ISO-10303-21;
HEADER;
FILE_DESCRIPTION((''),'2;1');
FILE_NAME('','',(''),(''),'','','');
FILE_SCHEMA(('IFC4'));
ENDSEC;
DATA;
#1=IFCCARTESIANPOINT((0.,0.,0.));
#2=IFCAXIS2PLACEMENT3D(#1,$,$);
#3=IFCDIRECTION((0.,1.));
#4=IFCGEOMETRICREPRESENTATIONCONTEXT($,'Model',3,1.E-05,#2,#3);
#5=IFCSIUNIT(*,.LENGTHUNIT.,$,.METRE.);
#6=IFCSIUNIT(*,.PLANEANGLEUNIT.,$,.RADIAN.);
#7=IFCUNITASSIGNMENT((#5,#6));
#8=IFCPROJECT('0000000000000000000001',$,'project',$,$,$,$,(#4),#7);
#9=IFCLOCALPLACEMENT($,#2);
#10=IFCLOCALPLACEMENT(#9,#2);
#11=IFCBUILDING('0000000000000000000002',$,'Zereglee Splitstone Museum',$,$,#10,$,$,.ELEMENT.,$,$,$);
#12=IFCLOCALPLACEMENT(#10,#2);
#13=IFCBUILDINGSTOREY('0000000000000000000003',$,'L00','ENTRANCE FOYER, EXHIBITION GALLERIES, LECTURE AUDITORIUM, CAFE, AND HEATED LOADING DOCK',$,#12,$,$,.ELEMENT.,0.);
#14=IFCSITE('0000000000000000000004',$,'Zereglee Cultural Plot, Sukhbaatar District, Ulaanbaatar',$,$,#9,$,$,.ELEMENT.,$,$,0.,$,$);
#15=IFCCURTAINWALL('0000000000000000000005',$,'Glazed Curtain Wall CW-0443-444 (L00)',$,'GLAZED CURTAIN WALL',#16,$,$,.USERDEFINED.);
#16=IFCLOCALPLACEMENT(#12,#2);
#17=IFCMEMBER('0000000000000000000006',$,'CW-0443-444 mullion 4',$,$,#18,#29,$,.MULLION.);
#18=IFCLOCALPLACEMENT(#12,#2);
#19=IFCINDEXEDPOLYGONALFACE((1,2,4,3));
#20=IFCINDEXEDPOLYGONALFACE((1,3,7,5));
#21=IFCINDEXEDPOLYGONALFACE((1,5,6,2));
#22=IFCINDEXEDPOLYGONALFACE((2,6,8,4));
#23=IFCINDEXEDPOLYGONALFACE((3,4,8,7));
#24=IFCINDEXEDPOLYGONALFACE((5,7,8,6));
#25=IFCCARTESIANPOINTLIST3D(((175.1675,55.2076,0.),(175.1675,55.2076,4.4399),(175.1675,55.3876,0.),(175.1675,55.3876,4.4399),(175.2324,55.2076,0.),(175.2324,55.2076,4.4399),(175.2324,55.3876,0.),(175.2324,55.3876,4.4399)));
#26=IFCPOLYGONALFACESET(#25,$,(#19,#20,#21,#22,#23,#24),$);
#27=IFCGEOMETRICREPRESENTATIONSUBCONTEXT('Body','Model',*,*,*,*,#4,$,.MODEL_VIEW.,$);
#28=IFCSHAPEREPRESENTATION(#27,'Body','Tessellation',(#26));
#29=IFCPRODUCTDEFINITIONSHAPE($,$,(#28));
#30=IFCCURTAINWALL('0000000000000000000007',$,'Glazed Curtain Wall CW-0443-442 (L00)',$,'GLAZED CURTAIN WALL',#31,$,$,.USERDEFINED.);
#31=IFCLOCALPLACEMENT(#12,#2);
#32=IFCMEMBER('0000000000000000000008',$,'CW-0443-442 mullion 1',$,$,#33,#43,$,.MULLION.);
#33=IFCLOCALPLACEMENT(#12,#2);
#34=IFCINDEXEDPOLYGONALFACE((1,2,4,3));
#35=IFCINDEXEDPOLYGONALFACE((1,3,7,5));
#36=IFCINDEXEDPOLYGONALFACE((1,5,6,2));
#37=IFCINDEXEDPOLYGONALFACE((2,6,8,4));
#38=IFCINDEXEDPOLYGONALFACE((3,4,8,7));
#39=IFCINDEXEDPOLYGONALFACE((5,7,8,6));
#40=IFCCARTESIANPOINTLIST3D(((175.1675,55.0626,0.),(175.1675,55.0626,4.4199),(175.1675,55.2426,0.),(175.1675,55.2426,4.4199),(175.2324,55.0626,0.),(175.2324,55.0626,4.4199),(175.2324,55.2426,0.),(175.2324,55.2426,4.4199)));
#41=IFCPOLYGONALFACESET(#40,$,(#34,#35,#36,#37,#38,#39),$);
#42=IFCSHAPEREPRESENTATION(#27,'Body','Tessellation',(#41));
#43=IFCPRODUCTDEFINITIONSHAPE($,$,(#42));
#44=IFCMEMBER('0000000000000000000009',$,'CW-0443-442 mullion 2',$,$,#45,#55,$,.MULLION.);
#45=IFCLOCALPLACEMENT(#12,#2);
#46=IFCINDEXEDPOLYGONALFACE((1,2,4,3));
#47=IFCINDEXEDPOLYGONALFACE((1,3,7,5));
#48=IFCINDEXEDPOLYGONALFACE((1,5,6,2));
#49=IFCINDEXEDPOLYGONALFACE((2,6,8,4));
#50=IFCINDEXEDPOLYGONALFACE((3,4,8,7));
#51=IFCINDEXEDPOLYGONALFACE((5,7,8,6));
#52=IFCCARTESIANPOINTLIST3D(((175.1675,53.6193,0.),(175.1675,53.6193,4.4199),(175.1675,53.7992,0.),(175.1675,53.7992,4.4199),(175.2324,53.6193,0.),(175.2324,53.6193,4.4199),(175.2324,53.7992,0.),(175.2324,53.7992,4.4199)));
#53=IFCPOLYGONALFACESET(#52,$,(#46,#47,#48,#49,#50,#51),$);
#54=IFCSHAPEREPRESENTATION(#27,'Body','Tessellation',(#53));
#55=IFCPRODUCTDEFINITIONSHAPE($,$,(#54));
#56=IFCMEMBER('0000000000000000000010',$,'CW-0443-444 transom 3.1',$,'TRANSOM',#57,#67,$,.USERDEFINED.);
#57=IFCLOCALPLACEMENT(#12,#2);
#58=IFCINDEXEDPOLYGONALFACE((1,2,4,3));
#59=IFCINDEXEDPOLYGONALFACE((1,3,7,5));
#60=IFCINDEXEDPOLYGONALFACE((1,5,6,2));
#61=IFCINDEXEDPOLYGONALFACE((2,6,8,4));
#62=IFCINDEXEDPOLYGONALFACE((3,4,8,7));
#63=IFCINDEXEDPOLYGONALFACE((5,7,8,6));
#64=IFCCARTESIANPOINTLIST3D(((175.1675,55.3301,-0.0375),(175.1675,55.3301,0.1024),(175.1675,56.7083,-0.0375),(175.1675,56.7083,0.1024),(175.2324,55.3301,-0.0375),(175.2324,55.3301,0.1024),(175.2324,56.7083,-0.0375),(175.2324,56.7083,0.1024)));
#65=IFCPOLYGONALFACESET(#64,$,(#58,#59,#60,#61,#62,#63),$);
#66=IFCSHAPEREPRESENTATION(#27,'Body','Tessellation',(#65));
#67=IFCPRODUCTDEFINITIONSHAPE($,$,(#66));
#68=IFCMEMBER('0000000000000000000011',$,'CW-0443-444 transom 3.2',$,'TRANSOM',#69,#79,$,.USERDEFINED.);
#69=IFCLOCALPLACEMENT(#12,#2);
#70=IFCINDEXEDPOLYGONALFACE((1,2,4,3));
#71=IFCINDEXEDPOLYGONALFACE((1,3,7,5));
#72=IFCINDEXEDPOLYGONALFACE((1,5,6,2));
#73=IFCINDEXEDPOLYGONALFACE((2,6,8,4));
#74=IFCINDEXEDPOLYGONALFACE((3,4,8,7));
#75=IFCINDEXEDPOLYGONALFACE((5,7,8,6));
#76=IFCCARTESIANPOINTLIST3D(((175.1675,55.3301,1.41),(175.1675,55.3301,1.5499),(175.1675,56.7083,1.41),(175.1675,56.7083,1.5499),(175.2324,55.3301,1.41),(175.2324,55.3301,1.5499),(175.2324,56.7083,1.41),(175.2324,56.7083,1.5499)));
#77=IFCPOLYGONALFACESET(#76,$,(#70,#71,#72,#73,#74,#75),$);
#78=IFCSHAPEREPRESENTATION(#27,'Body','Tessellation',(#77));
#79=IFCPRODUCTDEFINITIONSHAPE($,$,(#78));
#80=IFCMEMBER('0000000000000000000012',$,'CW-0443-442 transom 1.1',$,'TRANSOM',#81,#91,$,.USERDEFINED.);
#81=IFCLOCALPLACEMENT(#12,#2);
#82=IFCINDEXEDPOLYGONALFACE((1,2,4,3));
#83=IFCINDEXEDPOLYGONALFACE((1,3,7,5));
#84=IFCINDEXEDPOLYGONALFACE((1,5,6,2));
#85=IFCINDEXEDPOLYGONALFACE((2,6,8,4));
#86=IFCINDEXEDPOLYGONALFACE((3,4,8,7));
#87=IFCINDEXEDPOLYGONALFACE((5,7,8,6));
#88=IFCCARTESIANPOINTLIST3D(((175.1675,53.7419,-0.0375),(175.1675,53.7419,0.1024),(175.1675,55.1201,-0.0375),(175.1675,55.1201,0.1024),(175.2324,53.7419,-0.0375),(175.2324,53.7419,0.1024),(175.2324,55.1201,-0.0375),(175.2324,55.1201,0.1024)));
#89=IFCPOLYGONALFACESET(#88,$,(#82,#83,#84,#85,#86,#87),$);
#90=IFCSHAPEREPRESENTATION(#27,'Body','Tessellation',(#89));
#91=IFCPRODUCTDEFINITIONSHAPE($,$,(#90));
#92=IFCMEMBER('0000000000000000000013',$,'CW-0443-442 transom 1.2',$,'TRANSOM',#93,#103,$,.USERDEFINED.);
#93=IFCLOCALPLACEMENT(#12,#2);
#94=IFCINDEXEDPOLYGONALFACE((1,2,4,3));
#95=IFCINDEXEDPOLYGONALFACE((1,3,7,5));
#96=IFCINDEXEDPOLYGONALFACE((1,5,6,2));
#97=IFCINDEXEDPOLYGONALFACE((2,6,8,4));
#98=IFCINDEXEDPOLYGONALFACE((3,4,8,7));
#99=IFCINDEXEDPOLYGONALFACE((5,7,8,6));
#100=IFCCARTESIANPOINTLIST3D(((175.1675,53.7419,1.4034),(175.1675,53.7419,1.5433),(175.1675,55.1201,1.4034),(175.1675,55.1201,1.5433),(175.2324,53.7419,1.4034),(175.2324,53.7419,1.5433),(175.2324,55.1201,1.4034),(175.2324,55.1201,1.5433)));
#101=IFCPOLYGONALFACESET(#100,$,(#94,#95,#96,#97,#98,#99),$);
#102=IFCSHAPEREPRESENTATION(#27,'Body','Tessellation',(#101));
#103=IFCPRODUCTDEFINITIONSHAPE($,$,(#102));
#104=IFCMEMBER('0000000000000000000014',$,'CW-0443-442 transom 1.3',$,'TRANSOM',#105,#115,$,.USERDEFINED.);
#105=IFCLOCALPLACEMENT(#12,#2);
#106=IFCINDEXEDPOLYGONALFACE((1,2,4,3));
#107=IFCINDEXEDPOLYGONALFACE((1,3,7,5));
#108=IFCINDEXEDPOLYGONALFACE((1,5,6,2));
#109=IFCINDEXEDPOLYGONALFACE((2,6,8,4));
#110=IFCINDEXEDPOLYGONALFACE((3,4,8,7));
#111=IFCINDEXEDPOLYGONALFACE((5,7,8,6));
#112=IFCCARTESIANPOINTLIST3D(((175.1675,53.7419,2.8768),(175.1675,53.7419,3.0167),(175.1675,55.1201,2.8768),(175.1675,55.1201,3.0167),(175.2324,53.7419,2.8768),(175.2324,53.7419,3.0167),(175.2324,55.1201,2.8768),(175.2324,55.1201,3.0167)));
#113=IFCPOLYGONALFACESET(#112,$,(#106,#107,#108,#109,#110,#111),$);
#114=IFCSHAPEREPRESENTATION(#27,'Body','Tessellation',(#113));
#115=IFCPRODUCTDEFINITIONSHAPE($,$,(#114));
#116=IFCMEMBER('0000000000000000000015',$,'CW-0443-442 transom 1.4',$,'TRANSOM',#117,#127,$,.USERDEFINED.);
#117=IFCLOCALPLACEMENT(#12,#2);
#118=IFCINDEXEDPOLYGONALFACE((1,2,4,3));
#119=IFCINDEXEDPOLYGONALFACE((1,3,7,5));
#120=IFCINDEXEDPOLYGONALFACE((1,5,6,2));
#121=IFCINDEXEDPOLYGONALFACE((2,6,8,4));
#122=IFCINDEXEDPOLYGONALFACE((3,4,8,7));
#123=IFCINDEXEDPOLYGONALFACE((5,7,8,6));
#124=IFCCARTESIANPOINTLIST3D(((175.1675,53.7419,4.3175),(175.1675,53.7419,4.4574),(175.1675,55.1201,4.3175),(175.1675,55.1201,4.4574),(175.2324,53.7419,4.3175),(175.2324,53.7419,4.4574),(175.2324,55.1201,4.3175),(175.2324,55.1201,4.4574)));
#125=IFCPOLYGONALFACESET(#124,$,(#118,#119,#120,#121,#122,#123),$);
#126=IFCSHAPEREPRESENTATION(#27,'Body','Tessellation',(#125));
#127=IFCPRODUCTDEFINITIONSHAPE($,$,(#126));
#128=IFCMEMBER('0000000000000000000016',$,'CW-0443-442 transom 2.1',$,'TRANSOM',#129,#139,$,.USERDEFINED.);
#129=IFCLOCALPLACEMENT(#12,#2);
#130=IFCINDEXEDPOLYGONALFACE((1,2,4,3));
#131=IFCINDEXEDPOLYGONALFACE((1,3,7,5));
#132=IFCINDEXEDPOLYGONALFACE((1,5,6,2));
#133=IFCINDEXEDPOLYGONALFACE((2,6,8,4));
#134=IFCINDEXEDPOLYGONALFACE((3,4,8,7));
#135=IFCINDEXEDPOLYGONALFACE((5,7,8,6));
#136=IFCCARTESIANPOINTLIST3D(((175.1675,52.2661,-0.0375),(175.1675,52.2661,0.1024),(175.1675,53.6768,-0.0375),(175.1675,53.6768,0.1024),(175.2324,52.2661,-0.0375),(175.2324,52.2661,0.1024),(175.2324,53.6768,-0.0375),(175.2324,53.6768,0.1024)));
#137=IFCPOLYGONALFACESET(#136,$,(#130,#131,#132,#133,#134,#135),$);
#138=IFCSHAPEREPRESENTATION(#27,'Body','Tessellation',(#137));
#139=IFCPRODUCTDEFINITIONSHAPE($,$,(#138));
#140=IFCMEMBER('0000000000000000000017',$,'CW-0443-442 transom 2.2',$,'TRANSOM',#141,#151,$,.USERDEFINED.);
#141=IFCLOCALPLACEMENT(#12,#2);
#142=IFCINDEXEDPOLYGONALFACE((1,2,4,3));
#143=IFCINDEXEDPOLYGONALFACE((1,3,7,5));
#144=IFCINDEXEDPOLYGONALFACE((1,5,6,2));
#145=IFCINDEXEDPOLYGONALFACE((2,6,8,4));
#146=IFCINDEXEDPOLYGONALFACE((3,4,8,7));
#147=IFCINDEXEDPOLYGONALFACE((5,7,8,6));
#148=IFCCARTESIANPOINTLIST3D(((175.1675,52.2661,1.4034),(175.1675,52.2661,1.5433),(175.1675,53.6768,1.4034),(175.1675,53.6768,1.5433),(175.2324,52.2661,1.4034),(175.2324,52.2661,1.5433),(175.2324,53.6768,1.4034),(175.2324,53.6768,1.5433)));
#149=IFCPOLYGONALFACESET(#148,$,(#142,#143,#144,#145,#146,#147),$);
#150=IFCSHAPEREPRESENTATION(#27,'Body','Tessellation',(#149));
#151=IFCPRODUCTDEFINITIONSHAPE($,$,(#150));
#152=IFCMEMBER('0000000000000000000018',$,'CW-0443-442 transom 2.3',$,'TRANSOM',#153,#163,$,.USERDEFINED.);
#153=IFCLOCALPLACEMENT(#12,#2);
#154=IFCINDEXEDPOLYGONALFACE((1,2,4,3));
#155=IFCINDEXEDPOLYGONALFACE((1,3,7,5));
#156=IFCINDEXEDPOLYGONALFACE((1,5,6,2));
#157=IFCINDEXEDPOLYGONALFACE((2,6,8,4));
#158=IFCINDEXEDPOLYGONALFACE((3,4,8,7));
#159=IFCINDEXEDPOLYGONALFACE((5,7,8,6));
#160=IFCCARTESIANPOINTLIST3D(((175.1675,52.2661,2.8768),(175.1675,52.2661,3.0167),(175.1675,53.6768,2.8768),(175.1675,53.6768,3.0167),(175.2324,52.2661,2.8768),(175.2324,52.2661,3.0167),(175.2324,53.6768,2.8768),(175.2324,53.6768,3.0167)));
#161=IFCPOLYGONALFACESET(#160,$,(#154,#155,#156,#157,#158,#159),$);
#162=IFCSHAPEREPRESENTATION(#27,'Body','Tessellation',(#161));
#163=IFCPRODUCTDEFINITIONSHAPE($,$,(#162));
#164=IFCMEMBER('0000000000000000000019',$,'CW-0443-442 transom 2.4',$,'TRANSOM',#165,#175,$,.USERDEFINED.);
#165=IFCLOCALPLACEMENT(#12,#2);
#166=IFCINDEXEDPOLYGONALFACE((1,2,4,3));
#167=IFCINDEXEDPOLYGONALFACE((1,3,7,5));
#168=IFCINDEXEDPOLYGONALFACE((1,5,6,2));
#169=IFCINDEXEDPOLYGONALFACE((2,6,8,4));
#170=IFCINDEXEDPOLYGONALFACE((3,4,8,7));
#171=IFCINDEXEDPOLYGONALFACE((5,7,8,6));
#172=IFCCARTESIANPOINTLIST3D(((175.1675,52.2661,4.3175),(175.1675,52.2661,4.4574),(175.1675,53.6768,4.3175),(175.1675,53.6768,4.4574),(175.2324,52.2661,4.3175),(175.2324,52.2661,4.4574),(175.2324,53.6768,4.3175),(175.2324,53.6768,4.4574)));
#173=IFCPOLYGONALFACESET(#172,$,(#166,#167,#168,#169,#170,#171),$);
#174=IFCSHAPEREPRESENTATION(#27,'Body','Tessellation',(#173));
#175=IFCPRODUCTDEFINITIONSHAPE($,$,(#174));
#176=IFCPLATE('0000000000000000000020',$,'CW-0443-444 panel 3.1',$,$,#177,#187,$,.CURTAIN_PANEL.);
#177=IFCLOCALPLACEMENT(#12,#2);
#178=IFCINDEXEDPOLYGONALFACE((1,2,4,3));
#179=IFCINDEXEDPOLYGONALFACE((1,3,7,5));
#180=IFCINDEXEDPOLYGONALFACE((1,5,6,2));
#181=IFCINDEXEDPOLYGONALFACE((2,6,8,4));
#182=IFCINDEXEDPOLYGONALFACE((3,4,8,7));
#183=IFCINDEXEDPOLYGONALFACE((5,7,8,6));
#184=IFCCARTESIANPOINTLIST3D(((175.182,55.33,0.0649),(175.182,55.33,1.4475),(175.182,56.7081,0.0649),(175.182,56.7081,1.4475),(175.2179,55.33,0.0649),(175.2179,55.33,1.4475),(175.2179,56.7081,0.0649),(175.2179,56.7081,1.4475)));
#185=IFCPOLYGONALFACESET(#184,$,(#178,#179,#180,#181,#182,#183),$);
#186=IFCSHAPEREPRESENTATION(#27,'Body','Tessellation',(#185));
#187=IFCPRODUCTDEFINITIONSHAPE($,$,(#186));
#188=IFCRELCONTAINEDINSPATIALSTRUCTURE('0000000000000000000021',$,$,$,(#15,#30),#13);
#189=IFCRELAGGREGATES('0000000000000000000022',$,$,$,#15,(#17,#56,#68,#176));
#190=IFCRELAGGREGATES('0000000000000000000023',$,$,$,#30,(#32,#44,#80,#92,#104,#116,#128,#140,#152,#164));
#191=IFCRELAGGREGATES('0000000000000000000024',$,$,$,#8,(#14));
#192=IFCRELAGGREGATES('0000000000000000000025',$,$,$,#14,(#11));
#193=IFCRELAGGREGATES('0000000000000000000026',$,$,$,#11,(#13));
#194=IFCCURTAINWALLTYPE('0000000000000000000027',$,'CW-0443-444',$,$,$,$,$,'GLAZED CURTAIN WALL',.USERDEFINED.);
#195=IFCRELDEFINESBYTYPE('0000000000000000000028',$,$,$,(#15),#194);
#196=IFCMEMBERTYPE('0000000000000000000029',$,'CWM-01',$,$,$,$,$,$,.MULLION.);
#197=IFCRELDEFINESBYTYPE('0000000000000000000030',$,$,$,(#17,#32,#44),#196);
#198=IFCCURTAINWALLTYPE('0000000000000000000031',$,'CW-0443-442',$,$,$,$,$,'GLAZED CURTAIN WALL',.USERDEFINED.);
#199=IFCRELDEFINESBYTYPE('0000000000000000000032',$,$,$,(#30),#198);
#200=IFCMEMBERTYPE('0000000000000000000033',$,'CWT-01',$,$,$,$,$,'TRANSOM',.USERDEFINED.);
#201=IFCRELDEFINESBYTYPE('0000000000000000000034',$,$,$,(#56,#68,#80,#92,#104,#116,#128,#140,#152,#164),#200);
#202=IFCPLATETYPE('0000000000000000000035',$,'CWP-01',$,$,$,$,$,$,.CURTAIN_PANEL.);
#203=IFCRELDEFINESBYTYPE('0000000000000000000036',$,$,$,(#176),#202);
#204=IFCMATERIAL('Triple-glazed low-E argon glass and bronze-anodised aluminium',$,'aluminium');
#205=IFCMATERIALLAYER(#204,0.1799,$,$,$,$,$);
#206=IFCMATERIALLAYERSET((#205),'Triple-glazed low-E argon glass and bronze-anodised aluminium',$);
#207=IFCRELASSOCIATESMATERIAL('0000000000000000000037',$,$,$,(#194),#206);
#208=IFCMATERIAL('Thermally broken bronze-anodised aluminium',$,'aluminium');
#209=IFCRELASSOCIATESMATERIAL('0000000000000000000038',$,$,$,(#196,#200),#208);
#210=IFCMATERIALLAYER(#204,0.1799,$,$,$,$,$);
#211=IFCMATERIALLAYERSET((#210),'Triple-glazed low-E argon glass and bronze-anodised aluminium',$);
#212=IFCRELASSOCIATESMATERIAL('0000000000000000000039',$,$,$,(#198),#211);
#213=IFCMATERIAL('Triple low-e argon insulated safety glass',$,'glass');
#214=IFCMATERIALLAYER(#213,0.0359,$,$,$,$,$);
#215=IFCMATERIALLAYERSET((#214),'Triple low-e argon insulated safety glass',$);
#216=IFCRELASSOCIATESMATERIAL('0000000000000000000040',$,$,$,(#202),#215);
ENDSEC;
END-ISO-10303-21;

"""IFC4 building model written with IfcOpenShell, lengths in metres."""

from ifc_helpers import new_model, si_unit, direction, frame, origin, origin_2d, place, context, subcontext, project, spatial, rectangle, extrude, material, layer, layer_set, material_profile, profile_set, type_object, element, aggregate, save


model = new_model("IFC4")

# Units and contexts
model_context = context("Model", 3, precision=1e-05, world=origin(), true_north=direction((0.0, 1.0)))
body_context = subcontext(model_context, "Body", "Model", "MODEL_VIEW")
ifc_project = project(units=[si_unit("LENGTHUNIT", "METRE"), si_unit("PLANEANGLEUNIT", "RADIAN")], contexts=[model_context])

# Site, building, storey
site_placement = place(None, origin())
site = spatial("IfcSite", under=ifc_project, at=site_placement, Name="Zereglee Cultural Plot, Sukhbaatar District, Ulaanbaatar", CompositionType="ELEMENT", RefElevation=0.0)
building_placement = place(site_placement, origin())
building = spatial("IfcBuilding", under=site, at=building_placement, Name="Zereglee Splitstone Museum", CompositionType="ELEMENT")
storey_placement = place(building_placement, origin())
storey = spatial("IfcBuildingStorey", under=building, at=storey_placement, Name="L00", Description="ENTRANCE FOYER, EXHIBITION GALLERIES, LECTURE AUDITORIUM, CAFE, AND HEATED LOADING DOCK", CompositionType="ELEMENT", Elevation=0.0)

# Curtain wall, member
ifc_material_1 = material(Name="Triple-glazed low-E argon glass and bronze-anodised aluminium", Category="aluminium")
ifc_layer_1 = layer(ifc_material_1, 0.1799)
ifc_layer_set_1 = layer_set([ifc_layer_1], Name="Triple-glazed low-E argon glass and bronze-anodised aluminium")
curtain_wall_type_1 = type_object("IfcCurtainWallType", Name="CW-0443-444", ElementType="GLAZED CURTAIN WALL", PredefinedType="USERDEFINED", material=ifc_layer_set_1)
curtain_wall_1_placement = place(storey_placement, origin())
curtain_wall_1 = element("IfcCurtainWall", 1, at=curtain_wall_1_placement, inside=storey, type_object=curtain_wall_type_1, Name="Glazed Curtain Wall CW-0443-444 (L00)", ObjectType="GLAZED CURTAIN WALL", PredefinedType="USERDEFINED")
ifc_material_2 = material(Name="Thermally broken bronze-anodised aluminium", Category="aluminium")
ifc_material_profile_1 = material_profile(ifc_material_2, rectangle(XDim=0.0649, YDim=0.1799, at=origin_2d()), Name="CW MULL 65x180")
ifc_profile_set_1 = profile_set([ifc_material_profile_1], Name="Thermally broken bronze-anodised aluminium")
member_type_1 = type_object("IfcMemberType", Name="CWM-01", PredefinedType="MULLION", material=ifc_profile_set_1)
member_1_placement = place(storey_placement, frame((175.2, 55.2976, 0.0), z_axis=(0.0, 0.0, 1.0), x_axis=(1.0, 0.0, 0.0)))
member_1 = element("IfcMember", 2, at=member_1_placement, type_object=member_type_1, Name="CW-0443-444 mullion 4", PredefinedType="MULLION", context=body_context, shape_type="SweptSolid", body=[
    extrude(rectangle(XDim=0.0649, YDim=0.1799, at=origin_2d()), origin(), (0.0, 0.0, 1.0), 4.4399),
])

# Curtain wall, members
ifc_layer_2 = layer(ifc_material_1, 0.1799)
ifc_layer_set_2 = layer_set([ifc_layer_2], Name="Triple-glazed low-E argon glass and bronze-anodised aluminium")
curtain_wall_type_2 = type_object("IfcCurtainWallType", Name="CW-0443-442", ElementType="GLAZED CURTAIN WALL", PredefinedType="USERDEFINED", material=ifc_layer_set_2)
curtain_wall_2_placement = place(storey_placement, origin())
curtain_wall_2 = element("IfcCurtainWall", 3, at=curtain_wall_2_placement, inside=storey, type_object=curtain_wall_type_2, Name="Glazed Curtain Wall CW-0443-442 (L00)", ObjectType="GLAZED CURTAIN WALL", PredefinedType="USERDEFINED")
member_2_placement = place(storey_placement, frame((175.2, 55.1526, 0.0), z_axis=(0.0, 0.0, 1.0), x_axis=(1.0, 0.0, 0.0)))
member_2 = element("IfcMember", 4, at=member_2_placement, type_object=member_type_1, Name="CW-0443-442 mullion 1", PredefinedType="MULLION", context=body_context, shape_type="SweptSolid", body=[
    extrude(rectangle(XDim=0.0649, YDim=0.1799, at=origin_2d()), origin(), (0.0, 0.0, 1.0), 4.4199),
])
member_3_placement = place(storey_placement, frame((175.2, 53.7092, 0.0), z_axis=(0.0, 0.0, 1.0), x_axis=(1.0, 0.0, 0.0)))
member_3 = element("IfcMember", 5, at=member_3_placement, type_object=member_type_1, Name="CW-0443-442 mullion 2", PredefinedType="MULLION", context=body_context, shape_type="SweptSolid", body=[
    extrude(rectangle(XDim=0.0649, YDim=0.1799, at=origin_2d()), origin(), (0.0, 0.0, 1.0), 4.4199),
])

# Members
ifc_material_profile_2 = material_profile(ifc_material_2, rectangle(XDim=0.0649, YDim=0.1399, at=origin_2d()), Name="CW TRAN 65x140")
ifc_profile_set_2 = profile_set([ifc_material_profile_2], Name="Thermally broken bronze-anodised aluminium")
member_type_2 = type_object("IfcMemberType", Name="CWT-01", ElementType="TRANSOM", PredefinedType="USERDEFINED", material=ifc_profile_set_2)
member_4_placement = place(storey_placement, frame((175.2, 56.7083, 0.0325), z_axis=(0.0, -1.0, 0.0), x_axis=(1.0, 0.0, 0.0)))
member_4 = element("IfcMember", 6, at=member_4_placement, type_object=member_type_2, Name="CW-0443-444 transom 3.1", ObjectType="TRANSOM", PredefinedType="USERDEFINED", context=body_context, shape_type="SweptSolid", body=[
    extrude(rectangle(XDim=0.0649, YDim=0.1399, at=origin_2d()), origin(), (0.0, 0.0, 1.0), 1.3782),
])
member_5_placement = place(storey_placement, frame((175.2, 56.7083, 1.48), z_axis=(0.0, -1.0, 0.0), x_axis=(1.0, 0.0, 0.0)))
member_5 = element("IfcMember", 7, at=member_5_placement, type_object=member_type_2, Name="CW-0443-444 transom 3.2", ObjectType="TRANSOM", PredefinedType="USERDEFINED", context=body_context, shape_type="SweptSolid", body=[
    extrude(rectangle(XDim=0.0649, YDim=0.1399, at=origin_2d()), origin(), (0.0, 0.0, 1.0), 1.3782),
])
member_6_placement = place(storey_placement, frame((175.2, 55.1201, 0.0325), z_axis=(0.0, -1.0, 0.0), x_axis=(1.0, 0.0, 0.0)))
member_6 = element("IfcMember", 8, at=member_6_placement, type_object=member_type_2, Name="CW-0443-442 transom 1.1", ObjectType="TRANSOM", PredefinedType="USERDEFINED", context=body_context, shape_type="SweptSolid", body=[
    extrude(rectangle(XDim=0.0649, YDim=0.1399, at=origin_2d()), origin(), (0.0, 0.0, 1.0), 1.3782),
])
member_7_placement = place(storey_placement, frame((175.2, 55.1201, 1.4734), z_axis=(0.0, -1.0, 0.0), x_axis=(1.0, 0.0, 0.0)))
member_7 = element("IfcMember", 9, at=member_7_placement, type_object=member_type_2, Name="CW-0443-442 transom 1.2", ObjectType="TRANSOM", PredefinedType="USERDEFINED", context=body_context, shape_type="SweptSolid", body=[
    extrude(rectangle(XDim=0.0649, YDim=0.1399, at=origin_2d()), origin(), (0.0, 0.0, 1.0), 1.3782),
])
member_8_placement = place(storey_placement, frame((175.2, 55.1201, 2.9468), z_axis=(0.0, -1.0, 0.0), x_axis=(1.0, 0.0, 0.0)))
member_8 = element("IfcMember", 10, at=member_8_placement, type_object=member_type_2, Name="CW-0443-442 transom 1.3", ObjectType="TRANSOM", PredefinedType="USERDEFINED", context=body_context, shape_type="SweptSolid", body=[
    extrude(rectangle(XDim=0.0649, YDim=0.1399, at=origin_2d()), origin(), (0.0, 0.0, 1.0), 1.3782),
])
member_9_placement = place(storey_placement, frame((175.2, 55.1201, 4.3875), z_axis=(0.0, -1.0, 0.0), x_axis=(1.0, 0.0, 0.0)))
member_9 = element("IfcMember", 11, at=member_9_placement, type_object=member_type_2, Name="CW-0443-442 transom 1.4", ObjectType="TRANSOM", PredefinedType="USERDEFINED", context=body_context, shape_type="SweptSolid", body=[
    extrude(rectangle(XDim=0.0649, YDim=0.1399, at=origin_2d()), origin(), (0.0, 0.0, 1.0), 1.3782),
])
member_10_placement = place(storey_placement, frame((175.2, 53.6768, 0.0325), z_axis=(0.0, -1.0, 0.0), x_axis=(1.0, 0.0, 0.0)))
member_10 = element("IfcMember", 12, at=member_10_placement, type_object=member_type_2, Name="CW-0443-442 transom 2.1", ObjectType="TRANSOM", PredefinedType="USERDEFINED", context=body_context, shape_type="SweptSolid", body=[
    extrude(rectangle(XDim=0.0649, YDim=0.1399, at=origin_2d()), origin(), (0.0, 0.0, 1.0), 1.4106),
])
member_11_placement = place(storey_placement, frame((175.2, 53.6768, 1.4734), z_axis=(0.0, -1.0, 0.0), x_axis=(1.0, 0.0, 0.0)))
member_11 = element("IfcMember", 13, at=member_11_placement, type_object=member_type_2, Name="CW-0443-442 transom 2.2", ObjectType="TRANSOM", PredefinedType="USERDEFINED", context=body_context, shape_type="SweptSolid", body=[
    extrude(rectangle(XDim=0.0649, YDim=0.1399, at=origin_2d()), origin(), (0.0, 0.0, 1.0), 1.4106),
])
member_12_placement = place(storey_placement, frame((175.2, 53.6768, 2.9468), z_axis=(0.0, -1.0, 0.0), x_axis=(1.0, 0.0, 0.0)))
member_12 = element("IfcMember", 14, at=member_12_placement, type_object=member_type_2, Name="CW-0443-442 transom 2.3", ObjectType="TRANSOM", PredefinedType="USERDEFINED", context=body_context, shape_type="SweptSolid", body=[
    extrude(rectangle(XDim=0.0649, YDim=0.1399, at=origin_2d()), origin(), (0.0, 0.0, 1.0), 1.4106),
])
member_13_placement = place(storey_placement, frame((175.2, 53.6768, 4.3875), z_axis=(0.0, -1.0, 0.0), x_axis=(1.0, 0.0, 0.0)))
member_13 = element("IfcMember", 15, at=member_13_placement, type_object=member_type_2, Name="CW-0443-442 transom 2.4", ObjectType="TRANSOM", PredefinedType="USERDEFINED", context=body_context, shape_type="SweptSolid", body=[
    extrude(rectangle(XDim=0.0649, YDim=0.1399, at=origin_2d()), origin(), (0.0, 0.0, 1.0), 1.4106),
])

# Plate
ifc_material_3 = material(Name="Triple low-e argon insulated safety glass", Category="glass")
ifc_layer_3 = layer(ifc_material_3, 0.0359)
ifc_layer_set_3 = layer_set([ifc_layer_3], Name="Triple low-e argon insulated safety glass")
plate_type = type_object("IfcPlateType", Name="CWP-01", PredefinedType="CURTAIN_PANEL", material=ifc_layer_set_3)
plate_1_placement = place(storey_placement, frame((175.2, 56.019, 0.0649), z_axis=(0.0, 0.0, 1.0), x_axis=(0.0, -1.0, 0.0)))
plate_1 = element("IfcPlate", 16, at=plate_1_placement, type_object=plate_type, Name="CW-0443-444 panel 3.1", PredefinedType="CURTAIN_PANEL", context=body_context, shape_type="SweptSolid", body=[
    extrude(rectangle(XDim=1.3782, YDim=0.0359, at=origin_2d()), origin(), (0.0, 0.0, 1.0), 1.3826),
])
aggregate(curtain_wall_1, [member_1, member_4, member_5, plate_1])
aggregate(curtain_wall_2, [member_2, member_3, member_6, member_7, member_8, member_9, member_10, member_11, member_12, member_13])

save(model, "model.ifc")
